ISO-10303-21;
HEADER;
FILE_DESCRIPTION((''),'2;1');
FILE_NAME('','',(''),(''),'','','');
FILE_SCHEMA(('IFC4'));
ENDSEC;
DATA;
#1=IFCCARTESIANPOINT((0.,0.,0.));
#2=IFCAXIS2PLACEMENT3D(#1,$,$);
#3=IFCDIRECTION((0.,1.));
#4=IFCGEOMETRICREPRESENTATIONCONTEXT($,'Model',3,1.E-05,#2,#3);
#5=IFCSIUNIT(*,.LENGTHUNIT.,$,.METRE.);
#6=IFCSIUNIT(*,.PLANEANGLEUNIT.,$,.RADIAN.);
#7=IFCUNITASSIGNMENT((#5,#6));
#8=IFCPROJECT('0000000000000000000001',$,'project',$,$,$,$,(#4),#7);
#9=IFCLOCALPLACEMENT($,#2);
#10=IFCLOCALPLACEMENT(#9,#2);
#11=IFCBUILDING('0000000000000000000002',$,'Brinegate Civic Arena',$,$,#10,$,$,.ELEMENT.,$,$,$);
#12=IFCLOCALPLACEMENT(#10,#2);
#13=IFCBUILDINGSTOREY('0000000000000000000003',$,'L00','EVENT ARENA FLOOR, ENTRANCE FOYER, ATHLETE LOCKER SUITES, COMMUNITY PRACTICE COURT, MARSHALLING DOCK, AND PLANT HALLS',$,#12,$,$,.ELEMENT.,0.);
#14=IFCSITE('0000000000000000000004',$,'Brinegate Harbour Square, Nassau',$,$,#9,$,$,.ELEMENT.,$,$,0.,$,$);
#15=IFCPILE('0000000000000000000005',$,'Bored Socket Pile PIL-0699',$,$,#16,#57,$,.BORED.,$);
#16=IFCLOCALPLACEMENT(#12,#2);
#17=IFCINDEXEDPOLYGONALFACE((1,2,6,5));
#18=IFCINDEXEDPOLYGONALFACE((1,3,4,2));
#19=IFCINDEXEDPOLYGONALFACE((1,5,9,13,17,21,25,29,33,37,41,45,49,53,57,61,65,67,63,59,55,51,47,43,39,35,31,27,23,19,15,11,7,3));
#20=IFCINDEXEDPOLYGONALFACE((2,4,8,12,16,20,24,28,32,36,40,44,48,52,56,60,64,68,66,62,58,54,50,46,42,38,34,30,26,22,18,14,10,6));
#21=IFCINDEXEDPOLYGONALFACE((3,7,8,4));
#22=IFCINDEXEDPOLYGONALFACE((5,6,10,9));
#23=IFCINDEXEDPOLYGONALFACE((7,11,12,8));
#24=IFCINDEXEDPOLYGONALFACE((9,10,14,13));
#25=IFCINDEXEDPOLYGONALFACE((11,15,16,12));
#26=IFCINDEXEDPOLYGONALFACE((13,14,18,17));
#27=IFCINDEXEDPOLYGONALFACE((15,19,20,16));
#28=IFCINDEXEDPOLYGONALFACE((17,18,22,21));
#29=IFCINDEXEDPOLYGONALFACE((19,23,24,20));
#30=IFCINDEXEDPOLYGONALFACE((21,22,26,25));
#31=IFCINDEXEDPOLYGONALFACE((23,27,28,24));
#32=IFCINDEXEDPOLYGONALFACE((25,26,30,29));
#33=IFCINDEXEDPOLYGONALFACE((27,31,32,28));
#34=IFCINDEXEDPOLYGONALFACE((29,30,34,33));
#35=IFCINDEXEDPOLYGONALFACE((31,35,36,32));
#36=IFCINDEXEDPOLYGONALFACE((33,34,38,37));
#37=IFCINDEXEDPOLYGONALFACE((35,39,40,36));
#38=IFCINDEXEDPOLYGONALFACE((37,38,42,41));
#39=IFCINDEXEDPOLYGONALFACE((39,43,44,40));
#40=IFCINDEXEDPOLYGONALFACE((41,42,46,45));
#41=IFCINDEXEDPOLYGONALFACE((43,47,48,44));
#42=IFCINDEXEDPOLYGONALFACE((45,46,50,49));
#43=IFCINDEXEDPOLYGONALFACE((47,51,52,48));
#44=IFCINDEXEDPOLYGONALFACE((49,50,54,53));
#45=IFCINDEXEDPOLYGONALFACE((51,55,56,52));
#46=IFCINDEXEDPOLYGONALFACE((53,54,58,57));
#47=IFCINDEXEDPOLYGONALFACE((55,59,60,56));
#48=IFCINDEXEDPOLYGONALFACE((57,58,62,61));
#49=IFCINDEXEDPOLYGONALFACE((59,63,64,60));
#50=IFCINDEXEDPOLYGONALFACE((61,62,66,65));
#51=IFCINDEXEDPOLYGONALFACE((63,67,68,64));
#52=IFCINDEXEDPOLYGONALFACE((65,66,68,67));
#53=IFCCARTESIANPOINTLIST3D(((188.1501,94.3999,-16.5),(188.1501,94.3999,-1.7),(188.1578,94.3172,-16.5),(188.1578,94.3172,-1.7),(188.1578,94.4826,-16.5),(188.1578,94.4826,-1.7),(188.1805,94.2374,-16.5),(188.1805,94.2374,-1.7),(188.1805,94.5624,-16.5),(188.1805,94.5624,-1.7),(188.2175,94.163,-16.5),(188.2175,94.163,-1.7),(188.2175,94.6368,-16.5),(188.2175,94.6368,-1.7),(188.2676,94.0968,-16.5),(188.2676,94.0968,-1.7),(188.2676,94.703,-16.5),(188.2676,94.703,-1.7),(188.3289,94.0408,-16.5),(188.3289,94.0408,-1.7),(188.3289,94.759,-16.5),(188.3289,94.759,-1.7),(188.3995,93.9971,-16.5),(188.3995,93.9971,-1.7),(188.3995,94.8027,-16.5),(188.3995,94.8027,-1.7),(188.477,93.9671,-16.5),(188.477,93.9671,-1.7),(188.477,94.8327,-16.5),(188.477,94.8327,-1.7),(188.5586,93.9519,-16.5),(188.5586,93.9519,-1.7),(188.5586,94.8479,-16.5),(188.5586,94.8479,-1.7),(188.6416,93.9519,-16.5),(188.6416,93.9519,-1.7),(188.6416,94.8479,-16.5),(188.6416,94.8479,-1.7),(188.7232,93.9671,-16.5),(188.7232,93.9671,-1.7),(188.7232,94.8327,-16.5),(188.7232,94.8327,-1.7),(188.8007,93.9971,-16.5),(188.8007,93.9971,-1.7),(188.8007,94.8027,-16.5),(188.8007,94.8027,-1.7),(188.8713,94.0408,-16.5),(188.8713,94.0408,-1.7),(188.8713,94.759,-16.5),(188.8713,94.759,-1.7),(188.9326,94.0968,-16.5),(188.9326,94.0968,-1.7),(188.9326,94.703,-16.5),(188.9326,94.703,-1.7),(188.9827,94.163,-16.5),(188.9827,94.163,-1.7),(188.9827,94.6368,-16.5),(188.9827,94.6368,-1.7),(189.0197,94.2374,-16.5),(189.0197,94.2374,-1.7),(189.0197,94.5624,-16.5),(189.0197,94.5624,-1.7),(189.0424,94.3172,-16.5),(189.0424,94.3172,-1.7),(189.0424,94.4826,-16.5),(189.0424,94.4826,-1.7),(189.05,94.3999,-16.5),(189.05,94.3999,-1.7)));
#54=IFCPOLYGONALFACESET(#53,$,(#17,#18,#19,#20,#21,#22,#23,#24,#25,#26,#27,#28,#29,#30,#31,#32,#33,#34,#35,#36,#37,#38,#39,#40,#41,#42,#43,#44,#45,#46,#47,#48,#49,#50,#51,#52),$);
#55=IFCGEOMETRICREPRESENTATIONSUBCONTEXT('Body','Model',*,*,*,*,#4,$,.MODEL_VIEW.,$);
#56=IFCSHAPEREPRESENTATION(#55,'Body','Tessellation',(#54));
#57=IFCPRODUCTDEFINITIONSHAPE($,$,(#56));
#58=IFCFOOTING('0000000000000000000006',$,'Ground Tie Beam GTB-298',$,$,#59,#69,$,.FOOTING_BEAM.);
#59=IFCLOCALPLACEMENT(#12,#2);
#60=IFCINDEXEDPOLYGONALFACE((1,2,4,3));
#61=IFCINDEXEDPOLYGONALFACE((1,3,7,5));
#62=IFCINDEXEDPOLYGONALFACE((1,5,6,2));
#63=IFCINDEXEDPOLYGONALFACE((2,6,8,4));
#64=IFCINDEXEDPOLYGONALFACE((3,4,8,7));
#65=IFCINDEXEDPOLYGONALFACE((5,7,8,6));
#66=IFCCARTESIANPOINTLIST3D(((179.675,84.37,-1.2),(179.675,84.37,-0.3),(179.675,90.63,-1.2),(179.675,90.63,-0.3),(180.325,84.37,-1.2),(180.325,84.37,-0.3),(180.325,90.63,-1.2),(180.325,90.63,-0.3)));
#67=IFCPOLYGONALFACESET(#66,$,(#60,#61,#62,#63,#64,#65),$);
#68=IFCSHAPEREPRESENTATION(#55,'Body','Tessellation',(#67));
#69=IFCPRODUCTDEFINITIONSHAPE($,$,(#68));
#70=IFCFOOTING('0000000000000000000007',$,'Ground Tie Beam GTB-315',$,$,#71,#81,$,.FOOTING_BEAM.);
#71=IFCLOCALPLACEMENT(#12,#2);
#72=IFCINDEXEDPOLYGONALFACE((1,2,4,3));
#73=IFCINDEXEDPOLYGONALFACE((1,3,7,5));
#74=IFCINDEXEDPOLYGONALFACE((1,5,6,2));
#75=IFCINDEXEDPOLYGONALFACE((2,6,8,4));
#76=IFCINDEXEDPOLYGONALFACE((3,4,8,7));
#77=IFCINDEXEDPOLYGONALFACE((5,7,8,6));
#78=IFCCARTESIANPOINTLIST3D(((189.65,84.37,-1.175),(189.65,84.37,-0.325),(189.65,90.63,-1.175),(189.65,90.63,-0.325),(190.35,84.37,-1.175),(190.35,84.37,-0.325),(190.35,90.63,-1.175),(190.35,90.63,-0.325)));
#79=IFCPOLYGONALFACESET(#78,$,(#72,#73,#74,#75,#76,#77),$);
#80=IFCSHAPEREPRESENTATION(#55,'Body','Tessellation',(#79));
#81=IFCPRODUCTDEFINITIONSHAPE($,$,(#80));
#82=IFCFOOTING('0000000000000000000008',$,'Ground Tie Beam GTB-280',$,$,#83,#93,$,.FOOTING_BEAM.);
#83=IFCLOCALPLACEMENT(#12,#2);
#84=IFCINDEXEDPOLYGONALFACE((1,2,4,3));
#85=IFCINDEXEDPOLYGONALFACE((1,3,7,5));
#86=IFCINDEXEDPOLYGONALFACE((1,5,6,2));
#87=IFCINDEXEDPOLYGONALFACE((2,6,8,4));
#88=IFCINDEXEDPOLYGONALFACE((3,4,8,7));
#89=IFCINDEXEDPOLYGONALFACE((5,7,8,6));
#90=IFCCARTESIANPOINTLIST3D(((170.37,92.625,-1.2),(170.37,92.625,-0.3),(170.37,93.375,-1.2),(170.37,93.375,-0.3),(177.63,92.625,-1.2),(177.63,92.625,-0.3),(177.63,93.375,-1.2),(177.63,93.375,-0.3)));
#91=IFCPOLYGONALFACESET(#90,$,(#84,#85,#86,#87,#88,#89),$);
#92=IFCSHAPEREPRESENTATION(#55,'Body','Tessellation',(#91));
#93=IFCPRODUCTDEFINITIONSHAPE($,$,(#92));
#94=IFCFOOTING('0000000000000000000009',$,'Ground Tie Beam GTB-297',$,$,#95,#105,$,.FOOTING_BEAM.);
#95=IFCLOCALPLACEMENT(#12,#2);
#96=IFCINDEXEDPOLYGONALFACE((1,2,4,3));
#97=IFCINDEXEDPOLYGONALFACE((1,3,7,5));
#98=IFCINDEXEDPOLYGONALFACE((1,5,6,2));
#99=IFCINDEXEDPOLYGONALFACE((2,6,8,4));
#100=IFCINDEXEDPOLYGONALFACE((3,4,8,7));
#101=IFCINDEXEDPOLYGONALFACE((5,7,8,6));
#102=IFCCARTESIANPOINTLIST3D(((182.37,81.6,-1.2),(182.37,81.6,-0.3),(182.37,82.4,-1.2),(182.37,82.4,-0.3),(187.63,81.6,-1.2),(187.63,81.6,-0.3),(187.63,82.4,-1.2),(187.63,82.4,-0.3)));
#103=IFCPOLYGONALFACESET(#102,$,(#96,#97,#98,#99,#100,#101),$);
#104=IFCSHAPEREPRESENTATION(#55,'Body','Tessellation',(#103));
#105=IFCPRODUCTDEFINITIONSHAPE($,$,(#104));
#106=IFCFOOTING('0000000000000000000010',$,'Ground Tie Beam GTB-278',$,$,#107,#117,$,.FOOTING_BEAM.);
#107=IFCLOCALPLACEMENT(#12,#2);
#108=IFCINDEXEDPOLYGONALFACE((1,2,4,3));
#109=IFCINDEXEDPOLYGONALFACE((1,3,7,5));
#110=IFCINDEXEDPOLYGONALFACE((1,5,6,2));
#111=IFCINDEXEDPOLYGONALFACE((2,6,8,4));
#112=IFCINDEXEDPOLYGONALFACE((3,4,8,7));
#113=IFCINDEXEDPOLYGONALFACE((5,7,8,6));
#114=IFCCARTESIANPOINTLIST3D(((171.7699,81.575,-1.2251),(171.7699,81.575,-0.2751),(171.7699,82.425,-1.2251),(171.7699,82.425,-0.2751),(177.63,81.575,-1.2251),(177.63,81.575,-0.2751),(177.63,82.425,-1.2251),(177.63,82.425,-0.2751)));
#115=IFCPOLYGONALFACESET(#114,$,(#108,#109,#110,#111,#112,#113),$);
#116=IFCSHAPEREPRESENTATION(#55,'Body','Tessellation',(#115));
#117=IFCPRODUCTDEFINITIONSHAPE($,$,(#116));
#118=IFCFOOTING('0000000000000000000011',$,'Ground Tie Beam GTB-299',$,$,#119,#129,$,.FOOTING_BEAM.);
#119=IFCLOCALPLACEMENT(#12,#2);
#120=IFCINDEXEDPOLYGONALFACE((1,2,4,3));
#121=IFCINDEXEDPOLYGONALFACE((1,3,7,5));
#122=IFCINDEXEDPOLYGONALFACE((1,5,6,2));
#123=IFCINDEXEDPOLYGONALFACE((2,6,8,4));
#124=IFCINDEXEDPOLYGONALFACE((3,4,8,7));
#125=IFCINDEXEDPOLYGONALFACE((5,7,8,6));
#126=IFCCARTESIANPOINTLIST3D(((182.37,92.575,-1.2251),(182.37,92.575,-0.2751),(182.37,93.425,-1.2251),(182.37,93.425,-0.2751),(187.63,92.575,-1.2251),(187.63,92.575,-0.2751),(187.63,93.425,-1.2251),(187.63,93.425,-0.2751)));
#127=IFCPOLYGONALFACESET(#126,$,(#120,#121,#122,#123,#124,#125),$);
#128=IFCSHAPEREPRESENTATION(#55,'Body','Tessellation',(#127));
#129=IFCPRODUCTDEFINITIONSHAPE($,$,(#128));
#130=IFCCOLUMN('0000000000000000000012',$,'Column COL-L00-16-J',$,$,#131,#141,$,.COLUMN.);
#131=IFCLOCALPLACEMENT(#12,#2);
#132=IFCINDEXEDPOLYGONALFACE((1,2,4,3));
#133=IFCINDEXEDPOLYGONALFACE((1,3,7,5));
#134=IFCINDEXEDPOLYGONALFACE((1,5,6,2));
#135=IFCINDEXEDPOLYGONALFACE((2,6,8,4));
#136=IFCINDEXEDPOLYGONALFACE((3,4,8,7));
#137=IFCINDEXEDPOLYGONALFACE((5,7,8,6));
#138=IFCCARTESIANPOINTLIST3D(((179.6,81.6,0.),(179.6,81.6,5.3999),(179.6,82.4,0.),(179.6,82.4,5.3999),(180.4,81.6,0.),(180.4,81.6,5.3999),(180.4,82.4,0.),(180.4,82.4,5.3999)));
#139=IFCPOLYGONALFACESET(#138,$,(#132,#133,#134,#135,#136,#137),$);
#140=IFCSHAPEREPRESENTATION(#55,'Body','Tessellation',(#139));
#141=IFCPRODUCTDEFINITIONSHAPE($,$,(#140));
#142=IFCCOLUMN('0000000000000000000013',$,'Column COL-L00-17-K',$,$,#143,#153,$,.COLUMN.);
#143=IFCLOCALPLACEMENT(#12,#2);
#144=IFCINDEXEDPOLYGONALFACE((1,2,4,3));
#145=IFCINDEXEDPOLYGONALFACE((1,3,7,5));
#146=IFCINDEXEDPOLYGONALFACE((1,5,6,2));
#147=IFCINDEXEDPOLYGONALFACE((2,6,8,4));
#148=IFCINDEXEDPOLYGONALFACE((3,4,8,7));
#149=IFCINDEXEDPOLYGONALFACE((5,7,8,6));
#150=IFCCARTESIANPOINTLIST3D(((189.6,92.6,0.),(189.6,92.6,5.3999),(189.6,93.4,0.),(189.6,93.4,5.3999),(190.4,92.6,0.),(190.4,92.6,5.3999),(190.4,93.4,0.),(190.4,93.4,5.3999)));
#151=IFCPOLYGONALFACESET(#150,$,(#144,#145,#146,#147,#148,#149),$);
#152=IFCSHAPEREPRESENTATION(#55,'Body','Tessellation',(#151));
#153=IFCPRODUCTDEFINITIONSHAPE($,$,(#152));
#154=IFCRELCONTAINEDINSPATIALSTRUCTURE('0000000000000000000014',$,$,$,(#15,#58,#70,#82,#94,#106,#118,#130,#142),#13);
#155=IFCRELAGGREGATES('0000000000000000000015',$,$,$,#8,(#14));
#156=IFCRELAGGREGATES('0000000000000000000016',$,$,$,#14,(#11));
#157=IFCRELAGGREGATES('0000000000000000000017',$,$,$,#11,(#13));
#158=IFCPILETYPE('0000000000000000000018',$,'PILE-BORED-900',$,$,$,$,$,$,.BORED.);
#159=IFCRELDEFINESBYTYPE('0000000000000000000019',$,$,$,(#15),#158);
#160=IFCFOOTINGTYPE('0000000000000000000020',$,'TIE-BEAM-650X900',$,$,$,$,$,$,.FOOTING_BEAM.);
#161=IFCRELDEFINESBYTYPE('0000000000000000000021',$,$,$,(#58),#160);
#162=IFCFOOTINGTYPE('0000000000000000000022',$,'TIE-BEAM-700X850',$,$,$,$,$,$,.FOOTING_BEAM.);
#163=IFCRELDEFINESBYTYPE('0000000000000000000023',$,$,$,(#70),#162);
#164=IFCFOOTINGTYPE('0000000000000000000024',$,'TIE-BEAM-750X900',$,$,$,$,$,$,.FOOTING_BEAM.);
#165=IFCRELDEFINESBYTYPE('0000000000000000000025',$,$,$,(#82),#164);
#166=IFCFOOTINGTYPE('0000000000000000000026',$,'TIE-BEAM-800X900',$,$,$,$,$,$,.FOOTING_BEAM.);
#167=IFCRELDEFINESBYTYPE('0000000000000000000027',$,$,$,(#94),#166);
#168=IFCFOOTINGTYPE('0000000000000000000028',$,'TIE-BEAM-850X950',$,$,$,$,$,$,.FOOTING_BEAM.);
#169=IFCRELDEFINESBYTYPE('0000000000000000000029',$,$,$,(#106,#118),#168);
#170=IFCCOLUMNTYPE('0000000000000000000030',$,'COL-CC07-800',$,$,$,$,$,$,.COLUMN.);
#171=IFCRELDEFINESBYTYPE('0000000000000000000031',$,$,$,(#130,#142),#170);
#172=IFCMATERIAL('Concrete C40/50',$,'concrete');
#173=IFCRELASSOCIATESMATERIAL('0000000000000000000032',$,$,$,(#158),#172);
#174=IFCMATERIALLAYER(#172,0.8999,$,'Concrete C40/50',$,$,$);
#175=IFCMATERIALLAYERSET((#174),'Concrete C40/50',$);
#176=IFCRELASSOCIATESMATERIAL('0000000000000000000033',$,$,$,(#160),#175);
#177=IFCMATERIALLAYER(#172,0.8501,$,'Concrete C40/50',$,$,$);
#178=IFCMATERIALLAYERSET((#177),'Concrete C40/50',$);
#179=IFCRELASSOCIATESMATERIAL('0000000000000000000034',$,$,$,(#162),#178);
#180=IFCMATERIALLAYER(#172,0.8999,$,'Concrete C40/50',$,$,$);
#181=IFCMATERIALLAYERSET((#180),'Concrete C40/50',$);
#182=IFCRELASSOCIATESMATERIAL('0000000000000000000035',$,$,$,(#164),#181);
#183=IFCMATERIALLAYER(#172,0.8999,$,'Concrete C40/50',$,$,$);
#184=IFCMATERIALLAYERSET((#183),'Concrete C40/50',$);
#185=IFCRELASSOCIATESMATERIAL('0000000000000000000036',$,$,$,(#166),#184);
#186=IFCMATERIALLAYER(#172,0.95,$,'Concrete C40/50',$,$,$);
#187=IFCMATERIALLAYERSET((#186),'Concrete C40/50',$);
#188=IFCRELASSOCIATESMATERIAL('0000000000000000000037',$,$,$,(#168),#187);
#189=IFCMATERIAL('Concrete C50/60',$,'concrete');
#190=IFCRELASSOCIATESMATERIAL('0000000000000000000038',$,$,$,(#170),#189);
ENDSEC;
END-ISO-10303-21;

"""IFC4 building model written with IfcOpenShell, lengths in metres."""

from ifc_helpers import new_model, si_unit, direction, frame, origin, origin_2d, place, context, subcontext, project, spatial, rectangle, circle, extrude, material, layer, layer_set, material_profile, profile_set, type_object, element, save


model = new_model("IFC4")

# Units and contexts
model_context = context("Model", 3, precision=1e-05, world=origin(), true_north=direction((0.0, 1.0)))
body_context = subcontext(model_context, "Body", "Model", "MODEL_VIEW")
ifc_project = project(units=[si_unit("LENGTHUNIT", "METRE"), si_unit("PLANEANGLEUNIT", "RADIAN")], contexts=[model_context])

# Site, building, storey
site_placement = place(None, origin())
site = spatial("IfcSite", under=ifc_project, at=site_placement, Name="Brinegate Harbour Square, Nassau", CompositionType="ELEMENT", RefElevation=0.0)
building_placement = place(site_placement, origin())
building = spatial("IfcBuilding", under=site, at=building_placement, Name="Brinegate Civic Arena", CompositionType="ELEMENT")
storey_placement = place(building_placement, origin())
storey = spatial("IfcBuildingStorey", under=building, at=storey_placement, Name="L00", Description="EVENT ARENA FLOOR, ENTRANCE FOYER, ATHLETE LOCKER SUITES, COMMUNITY PRACTICE COURT, MARSHALLING DOCK, AND PLANT HALLS", CompositionType="ELEMENT", Elevation=0.0)

# Shared definitions
ifc_material_1 = material(Name="Concrete C40/50", Category="concrete")

# Pile
ifc_material_profile_1 = material_profile(ifc_material_1, circle(Radius=0.45, at=origin_2d()), Name="PILED900")
ifc_profile_set_1 = profile_set([ifc_material_profile_1], Name="Concrete C40/50")
pile_type_1 = type_object("IfcPileType", Name="PILE-BORED-900", PredefinedType="BORED", material=ifc_profile_set_1)
for number, where, z_axis, x_axis, name in (
    (1, (188.6001, 94.3999, -1.7), (0.0, 0.0, -1.0), (1.0, 0.0, 0.0), "Bored Socket Pile PIL-0699"),
):
    element("IfcPile", number, at=place(storey_placement, frame(where, z_axis=z_axis, x_axis=x_axis)), inside=storey, type_object=pile_type_1, Name=name, PredefinedType="BORED", context=body_context, shape_type="SweptSolid", body=[
        extrude(circle(Radius=0.45, at=origin_2d()), origin(), (0.0, 0.0, 1.0), 14.8),
    ])

# Footings
ifc_layer_1 = layer(ifc_material_1, 0.8999, Name="Concrete C40/50")
ifc_layer_set_1 = layer_set([ifc_layer_1], Name="Concrete C40/50")
footing_type_1 = type_object("IfcFootingType", Name="TIE-BEAM-650X900", PredefinedType="FOOTING_BEAM", material=ifc_layer_set_1)
footing_1_placement = place(storey_placement, frame((180.0, 87.5, -1.2), z_axis=(0.0, 0.0, 1.0), x_axis=(0.0, 1.0, 0.0)))
element("IfcFooting", 2, at=footing_1_placement, inside=storey, type_object=footing_type_1, Name="Ground Tie Beam GTB-298", PredefinedType="FOOTING_BEAM", context=body_context, shape_type="SweptSolid", body=[
    extrude(rectangle(XDim=6.26, YDim=0.6499, at=origin_2d()), origin(), (0.0, 0.0, 1.0), 0.8999),
])
ifc_layer_2 = layer(ifc_material_1, 0.8501, Name="Concrete C40/50")
ifc_layer_set_2 = layer_set([ifc_layer_2], Name="Concrete C40/50")
footing_type_2 = type_object("IfcFootingType", Name="TIE-BEAM-700X850", PredefinedType="FOOTING_BEAM", material=ifc_layer_set_2)
footing_2_placement = place(storey_placement, frame((190.0, 87.5, -1.175), z_axis=(0.0, 0.0, 1.0), x_axis=(0.0, 1.0, 0.0)))
element("IfcFooting", 3, at=footing_2_placement, inside=storey, type_object=footing_type_2, Name="Ground Tie Beam GTB-315", PredefinedType="FOOTING_BEAM", context=body_context, shape_type="SweptSolid", body=[
    extrude(rectangle(XDim=6.26, YDim=0.7, at=origin_2d()), origin(), (0.0, 0.0, 1.0), 0.8501),
])
ifc_layer_3 = layer(ifc_material_1, 0.8999, Name="Concrete C40/50")
ifc_layer_set_3 = layer_set([ifc_layer_3], Name="Concrete C40/50")
footing_type_3 = type_object("IfcFootingType", Name="TIE-BEAM-750X900", PredefinedType="FOOTING_BEAM", material=ifc_layer_set_3)
footing_3_placement = place(storey_placement, frame((174.0, 93.0, -1.2), z_axis=(0.0, 0.0, 1.0), x_axis=(1.0, 0.0, 0.0)))
element("IfcFooting", 4, at=footing_3_placement, inside=storey, type_object=footing_type_3, Name="Ground Tie Beam GTB-280", PredefinedType="FOOTING_BEAM", context=body_context, shape_type="SweptSolid", body=[
    extrude(rectangle(XDim=7.26, YDim=0.75, at=origin_2d()), origin(), (0.0, 0.0, 1.0), 0.8999),
])
ifc_layer_4 = layer(ifc_material_1, 0.8999, Name="Concrete C40/50")
ifc_layer_set_4 = layer_set([ifc_layer_4], Name="Concrete C40/50")
footing_type_4 = type_object("IfcFootingType", Name="TIE-BEAM-800X900", PredefinedType="FOOTING_BEAM", material=ifc_layer_set_4)
footing_4_placement = place(storey_placement, frame((185.0, 82.0, -1.2), z_axis=(0.0, 0.0, 1.0), x_axis=(1.0, 0.0, 0.0)))
element("IfcFooting", 5, at=footing_4_placement, inside=storey, type_object=footing_type_4, Name="Ground Tie Beam GTB-297", PredefinedType="FOOTING_BEAM", context=body_context, shape_type="SweptSolid", body=[
    extrude(rectangle(XDim=5.26, YDim=0.8, at=origin_2d()), origin(), (0.0, 0.0, 1.0), 0.8999),
])
ifc_layer_5 = layer(ifc_material_1, 0.95, Name="Concrete C40/50")
ifc_layer_set_5 = layer_set([ifc_layer_5], Name="Concrete C40/50")
footing_type_5 = type_object("IfcFootingType", Name="TIE-BEAM-850X950", PredefinedType="FOOTING_BEAM", material=ifc_layer_set_5)
footing_5_placement = place(storey_placement, frame((174.7, 82.0, -1.2251), z_axis=(0.0, 0.0, 1.0), x_axis=(1.0, 0.0, 0.0)))
element("IfcFooting", 6, at=footing_5_placement, inside=storey, type_object=footing_type_5, Name="Ground Tie Beam GTB-278", PredefinedType="FOOTING_BEAM", context=body_context, shape_type="SweptSolid", body=[
    extrude(rectangle(XDim=5.8601, YDim=0.8501, at=origin_2d()), origin(), (0.0, 0.0, 1.0), 0.95),
])
footing_6_placement = place(storey_placement, frame((185.0, 93.0, -1.2251), z_axis=(0.0, 0.0, 1.0), x_axis=(1.0, 0.0, 0.0)))
element("IfcFooting", 7, at=footing_6_placement, inside=storey, type_object=footing_type_5, Name="Ground Tie Beam GTB-299", PredefinedType="FOOTING_BEAM", context=body_context, shape_type="SweptSolid", body=[
    extrude(rectangle(XDim=5.26, YDim=0.8501, at=origin_2d()), origin(), (0.0, 0.0, 1.0), 0.95),
])

# Columns
ifc_material_2 = material(Name="Concrete C50/60", Category="concrete")
ifc_material_profile_2 = material_profile(ifc_material_2, rectangle(XDim=0.8, YDim=0.8, at=origin_2d()), Name="RC800X800")
ifc_profile_set_2 = profile_set([ifc_material_profile_2], Name="Concrete C50/60")
column_type_1 = type_object("IfcColumnType", Name="COL-CC07-800", PredefinedType="COLUMN", material=ifc_profile_set_2)
for number, where, z_axis, x_axis, name in (
    (8, (180.0, 82.0, 0.0), (0.0, 0.0, 1.0), (1.0, 0.0, 0.0), "Column COL-L00-16-J"),
    (9, (190.0, 93.0, 0.0), (0.0, 0.0, 1.0), (1.0, 0.0, 0.0), "Column COL-L00-17-K"),
):
    element("IfcColumn", number, at=place(storey_placement, frame(where, z_axis=z_axis, x_axis=x_axis)), inside=storey, type_object=column_type_1, Name=name, PredefinedType="COLUMN", context=body_context, shape_type="SweptSolid", body=[
        extrude(rectangle(XDim=0.8, YDim=0.8, at=origin_2d()), origin(), (0.0, 0.0, 1.0), 5.3999),
    ])

save(model, "model.ifc")
